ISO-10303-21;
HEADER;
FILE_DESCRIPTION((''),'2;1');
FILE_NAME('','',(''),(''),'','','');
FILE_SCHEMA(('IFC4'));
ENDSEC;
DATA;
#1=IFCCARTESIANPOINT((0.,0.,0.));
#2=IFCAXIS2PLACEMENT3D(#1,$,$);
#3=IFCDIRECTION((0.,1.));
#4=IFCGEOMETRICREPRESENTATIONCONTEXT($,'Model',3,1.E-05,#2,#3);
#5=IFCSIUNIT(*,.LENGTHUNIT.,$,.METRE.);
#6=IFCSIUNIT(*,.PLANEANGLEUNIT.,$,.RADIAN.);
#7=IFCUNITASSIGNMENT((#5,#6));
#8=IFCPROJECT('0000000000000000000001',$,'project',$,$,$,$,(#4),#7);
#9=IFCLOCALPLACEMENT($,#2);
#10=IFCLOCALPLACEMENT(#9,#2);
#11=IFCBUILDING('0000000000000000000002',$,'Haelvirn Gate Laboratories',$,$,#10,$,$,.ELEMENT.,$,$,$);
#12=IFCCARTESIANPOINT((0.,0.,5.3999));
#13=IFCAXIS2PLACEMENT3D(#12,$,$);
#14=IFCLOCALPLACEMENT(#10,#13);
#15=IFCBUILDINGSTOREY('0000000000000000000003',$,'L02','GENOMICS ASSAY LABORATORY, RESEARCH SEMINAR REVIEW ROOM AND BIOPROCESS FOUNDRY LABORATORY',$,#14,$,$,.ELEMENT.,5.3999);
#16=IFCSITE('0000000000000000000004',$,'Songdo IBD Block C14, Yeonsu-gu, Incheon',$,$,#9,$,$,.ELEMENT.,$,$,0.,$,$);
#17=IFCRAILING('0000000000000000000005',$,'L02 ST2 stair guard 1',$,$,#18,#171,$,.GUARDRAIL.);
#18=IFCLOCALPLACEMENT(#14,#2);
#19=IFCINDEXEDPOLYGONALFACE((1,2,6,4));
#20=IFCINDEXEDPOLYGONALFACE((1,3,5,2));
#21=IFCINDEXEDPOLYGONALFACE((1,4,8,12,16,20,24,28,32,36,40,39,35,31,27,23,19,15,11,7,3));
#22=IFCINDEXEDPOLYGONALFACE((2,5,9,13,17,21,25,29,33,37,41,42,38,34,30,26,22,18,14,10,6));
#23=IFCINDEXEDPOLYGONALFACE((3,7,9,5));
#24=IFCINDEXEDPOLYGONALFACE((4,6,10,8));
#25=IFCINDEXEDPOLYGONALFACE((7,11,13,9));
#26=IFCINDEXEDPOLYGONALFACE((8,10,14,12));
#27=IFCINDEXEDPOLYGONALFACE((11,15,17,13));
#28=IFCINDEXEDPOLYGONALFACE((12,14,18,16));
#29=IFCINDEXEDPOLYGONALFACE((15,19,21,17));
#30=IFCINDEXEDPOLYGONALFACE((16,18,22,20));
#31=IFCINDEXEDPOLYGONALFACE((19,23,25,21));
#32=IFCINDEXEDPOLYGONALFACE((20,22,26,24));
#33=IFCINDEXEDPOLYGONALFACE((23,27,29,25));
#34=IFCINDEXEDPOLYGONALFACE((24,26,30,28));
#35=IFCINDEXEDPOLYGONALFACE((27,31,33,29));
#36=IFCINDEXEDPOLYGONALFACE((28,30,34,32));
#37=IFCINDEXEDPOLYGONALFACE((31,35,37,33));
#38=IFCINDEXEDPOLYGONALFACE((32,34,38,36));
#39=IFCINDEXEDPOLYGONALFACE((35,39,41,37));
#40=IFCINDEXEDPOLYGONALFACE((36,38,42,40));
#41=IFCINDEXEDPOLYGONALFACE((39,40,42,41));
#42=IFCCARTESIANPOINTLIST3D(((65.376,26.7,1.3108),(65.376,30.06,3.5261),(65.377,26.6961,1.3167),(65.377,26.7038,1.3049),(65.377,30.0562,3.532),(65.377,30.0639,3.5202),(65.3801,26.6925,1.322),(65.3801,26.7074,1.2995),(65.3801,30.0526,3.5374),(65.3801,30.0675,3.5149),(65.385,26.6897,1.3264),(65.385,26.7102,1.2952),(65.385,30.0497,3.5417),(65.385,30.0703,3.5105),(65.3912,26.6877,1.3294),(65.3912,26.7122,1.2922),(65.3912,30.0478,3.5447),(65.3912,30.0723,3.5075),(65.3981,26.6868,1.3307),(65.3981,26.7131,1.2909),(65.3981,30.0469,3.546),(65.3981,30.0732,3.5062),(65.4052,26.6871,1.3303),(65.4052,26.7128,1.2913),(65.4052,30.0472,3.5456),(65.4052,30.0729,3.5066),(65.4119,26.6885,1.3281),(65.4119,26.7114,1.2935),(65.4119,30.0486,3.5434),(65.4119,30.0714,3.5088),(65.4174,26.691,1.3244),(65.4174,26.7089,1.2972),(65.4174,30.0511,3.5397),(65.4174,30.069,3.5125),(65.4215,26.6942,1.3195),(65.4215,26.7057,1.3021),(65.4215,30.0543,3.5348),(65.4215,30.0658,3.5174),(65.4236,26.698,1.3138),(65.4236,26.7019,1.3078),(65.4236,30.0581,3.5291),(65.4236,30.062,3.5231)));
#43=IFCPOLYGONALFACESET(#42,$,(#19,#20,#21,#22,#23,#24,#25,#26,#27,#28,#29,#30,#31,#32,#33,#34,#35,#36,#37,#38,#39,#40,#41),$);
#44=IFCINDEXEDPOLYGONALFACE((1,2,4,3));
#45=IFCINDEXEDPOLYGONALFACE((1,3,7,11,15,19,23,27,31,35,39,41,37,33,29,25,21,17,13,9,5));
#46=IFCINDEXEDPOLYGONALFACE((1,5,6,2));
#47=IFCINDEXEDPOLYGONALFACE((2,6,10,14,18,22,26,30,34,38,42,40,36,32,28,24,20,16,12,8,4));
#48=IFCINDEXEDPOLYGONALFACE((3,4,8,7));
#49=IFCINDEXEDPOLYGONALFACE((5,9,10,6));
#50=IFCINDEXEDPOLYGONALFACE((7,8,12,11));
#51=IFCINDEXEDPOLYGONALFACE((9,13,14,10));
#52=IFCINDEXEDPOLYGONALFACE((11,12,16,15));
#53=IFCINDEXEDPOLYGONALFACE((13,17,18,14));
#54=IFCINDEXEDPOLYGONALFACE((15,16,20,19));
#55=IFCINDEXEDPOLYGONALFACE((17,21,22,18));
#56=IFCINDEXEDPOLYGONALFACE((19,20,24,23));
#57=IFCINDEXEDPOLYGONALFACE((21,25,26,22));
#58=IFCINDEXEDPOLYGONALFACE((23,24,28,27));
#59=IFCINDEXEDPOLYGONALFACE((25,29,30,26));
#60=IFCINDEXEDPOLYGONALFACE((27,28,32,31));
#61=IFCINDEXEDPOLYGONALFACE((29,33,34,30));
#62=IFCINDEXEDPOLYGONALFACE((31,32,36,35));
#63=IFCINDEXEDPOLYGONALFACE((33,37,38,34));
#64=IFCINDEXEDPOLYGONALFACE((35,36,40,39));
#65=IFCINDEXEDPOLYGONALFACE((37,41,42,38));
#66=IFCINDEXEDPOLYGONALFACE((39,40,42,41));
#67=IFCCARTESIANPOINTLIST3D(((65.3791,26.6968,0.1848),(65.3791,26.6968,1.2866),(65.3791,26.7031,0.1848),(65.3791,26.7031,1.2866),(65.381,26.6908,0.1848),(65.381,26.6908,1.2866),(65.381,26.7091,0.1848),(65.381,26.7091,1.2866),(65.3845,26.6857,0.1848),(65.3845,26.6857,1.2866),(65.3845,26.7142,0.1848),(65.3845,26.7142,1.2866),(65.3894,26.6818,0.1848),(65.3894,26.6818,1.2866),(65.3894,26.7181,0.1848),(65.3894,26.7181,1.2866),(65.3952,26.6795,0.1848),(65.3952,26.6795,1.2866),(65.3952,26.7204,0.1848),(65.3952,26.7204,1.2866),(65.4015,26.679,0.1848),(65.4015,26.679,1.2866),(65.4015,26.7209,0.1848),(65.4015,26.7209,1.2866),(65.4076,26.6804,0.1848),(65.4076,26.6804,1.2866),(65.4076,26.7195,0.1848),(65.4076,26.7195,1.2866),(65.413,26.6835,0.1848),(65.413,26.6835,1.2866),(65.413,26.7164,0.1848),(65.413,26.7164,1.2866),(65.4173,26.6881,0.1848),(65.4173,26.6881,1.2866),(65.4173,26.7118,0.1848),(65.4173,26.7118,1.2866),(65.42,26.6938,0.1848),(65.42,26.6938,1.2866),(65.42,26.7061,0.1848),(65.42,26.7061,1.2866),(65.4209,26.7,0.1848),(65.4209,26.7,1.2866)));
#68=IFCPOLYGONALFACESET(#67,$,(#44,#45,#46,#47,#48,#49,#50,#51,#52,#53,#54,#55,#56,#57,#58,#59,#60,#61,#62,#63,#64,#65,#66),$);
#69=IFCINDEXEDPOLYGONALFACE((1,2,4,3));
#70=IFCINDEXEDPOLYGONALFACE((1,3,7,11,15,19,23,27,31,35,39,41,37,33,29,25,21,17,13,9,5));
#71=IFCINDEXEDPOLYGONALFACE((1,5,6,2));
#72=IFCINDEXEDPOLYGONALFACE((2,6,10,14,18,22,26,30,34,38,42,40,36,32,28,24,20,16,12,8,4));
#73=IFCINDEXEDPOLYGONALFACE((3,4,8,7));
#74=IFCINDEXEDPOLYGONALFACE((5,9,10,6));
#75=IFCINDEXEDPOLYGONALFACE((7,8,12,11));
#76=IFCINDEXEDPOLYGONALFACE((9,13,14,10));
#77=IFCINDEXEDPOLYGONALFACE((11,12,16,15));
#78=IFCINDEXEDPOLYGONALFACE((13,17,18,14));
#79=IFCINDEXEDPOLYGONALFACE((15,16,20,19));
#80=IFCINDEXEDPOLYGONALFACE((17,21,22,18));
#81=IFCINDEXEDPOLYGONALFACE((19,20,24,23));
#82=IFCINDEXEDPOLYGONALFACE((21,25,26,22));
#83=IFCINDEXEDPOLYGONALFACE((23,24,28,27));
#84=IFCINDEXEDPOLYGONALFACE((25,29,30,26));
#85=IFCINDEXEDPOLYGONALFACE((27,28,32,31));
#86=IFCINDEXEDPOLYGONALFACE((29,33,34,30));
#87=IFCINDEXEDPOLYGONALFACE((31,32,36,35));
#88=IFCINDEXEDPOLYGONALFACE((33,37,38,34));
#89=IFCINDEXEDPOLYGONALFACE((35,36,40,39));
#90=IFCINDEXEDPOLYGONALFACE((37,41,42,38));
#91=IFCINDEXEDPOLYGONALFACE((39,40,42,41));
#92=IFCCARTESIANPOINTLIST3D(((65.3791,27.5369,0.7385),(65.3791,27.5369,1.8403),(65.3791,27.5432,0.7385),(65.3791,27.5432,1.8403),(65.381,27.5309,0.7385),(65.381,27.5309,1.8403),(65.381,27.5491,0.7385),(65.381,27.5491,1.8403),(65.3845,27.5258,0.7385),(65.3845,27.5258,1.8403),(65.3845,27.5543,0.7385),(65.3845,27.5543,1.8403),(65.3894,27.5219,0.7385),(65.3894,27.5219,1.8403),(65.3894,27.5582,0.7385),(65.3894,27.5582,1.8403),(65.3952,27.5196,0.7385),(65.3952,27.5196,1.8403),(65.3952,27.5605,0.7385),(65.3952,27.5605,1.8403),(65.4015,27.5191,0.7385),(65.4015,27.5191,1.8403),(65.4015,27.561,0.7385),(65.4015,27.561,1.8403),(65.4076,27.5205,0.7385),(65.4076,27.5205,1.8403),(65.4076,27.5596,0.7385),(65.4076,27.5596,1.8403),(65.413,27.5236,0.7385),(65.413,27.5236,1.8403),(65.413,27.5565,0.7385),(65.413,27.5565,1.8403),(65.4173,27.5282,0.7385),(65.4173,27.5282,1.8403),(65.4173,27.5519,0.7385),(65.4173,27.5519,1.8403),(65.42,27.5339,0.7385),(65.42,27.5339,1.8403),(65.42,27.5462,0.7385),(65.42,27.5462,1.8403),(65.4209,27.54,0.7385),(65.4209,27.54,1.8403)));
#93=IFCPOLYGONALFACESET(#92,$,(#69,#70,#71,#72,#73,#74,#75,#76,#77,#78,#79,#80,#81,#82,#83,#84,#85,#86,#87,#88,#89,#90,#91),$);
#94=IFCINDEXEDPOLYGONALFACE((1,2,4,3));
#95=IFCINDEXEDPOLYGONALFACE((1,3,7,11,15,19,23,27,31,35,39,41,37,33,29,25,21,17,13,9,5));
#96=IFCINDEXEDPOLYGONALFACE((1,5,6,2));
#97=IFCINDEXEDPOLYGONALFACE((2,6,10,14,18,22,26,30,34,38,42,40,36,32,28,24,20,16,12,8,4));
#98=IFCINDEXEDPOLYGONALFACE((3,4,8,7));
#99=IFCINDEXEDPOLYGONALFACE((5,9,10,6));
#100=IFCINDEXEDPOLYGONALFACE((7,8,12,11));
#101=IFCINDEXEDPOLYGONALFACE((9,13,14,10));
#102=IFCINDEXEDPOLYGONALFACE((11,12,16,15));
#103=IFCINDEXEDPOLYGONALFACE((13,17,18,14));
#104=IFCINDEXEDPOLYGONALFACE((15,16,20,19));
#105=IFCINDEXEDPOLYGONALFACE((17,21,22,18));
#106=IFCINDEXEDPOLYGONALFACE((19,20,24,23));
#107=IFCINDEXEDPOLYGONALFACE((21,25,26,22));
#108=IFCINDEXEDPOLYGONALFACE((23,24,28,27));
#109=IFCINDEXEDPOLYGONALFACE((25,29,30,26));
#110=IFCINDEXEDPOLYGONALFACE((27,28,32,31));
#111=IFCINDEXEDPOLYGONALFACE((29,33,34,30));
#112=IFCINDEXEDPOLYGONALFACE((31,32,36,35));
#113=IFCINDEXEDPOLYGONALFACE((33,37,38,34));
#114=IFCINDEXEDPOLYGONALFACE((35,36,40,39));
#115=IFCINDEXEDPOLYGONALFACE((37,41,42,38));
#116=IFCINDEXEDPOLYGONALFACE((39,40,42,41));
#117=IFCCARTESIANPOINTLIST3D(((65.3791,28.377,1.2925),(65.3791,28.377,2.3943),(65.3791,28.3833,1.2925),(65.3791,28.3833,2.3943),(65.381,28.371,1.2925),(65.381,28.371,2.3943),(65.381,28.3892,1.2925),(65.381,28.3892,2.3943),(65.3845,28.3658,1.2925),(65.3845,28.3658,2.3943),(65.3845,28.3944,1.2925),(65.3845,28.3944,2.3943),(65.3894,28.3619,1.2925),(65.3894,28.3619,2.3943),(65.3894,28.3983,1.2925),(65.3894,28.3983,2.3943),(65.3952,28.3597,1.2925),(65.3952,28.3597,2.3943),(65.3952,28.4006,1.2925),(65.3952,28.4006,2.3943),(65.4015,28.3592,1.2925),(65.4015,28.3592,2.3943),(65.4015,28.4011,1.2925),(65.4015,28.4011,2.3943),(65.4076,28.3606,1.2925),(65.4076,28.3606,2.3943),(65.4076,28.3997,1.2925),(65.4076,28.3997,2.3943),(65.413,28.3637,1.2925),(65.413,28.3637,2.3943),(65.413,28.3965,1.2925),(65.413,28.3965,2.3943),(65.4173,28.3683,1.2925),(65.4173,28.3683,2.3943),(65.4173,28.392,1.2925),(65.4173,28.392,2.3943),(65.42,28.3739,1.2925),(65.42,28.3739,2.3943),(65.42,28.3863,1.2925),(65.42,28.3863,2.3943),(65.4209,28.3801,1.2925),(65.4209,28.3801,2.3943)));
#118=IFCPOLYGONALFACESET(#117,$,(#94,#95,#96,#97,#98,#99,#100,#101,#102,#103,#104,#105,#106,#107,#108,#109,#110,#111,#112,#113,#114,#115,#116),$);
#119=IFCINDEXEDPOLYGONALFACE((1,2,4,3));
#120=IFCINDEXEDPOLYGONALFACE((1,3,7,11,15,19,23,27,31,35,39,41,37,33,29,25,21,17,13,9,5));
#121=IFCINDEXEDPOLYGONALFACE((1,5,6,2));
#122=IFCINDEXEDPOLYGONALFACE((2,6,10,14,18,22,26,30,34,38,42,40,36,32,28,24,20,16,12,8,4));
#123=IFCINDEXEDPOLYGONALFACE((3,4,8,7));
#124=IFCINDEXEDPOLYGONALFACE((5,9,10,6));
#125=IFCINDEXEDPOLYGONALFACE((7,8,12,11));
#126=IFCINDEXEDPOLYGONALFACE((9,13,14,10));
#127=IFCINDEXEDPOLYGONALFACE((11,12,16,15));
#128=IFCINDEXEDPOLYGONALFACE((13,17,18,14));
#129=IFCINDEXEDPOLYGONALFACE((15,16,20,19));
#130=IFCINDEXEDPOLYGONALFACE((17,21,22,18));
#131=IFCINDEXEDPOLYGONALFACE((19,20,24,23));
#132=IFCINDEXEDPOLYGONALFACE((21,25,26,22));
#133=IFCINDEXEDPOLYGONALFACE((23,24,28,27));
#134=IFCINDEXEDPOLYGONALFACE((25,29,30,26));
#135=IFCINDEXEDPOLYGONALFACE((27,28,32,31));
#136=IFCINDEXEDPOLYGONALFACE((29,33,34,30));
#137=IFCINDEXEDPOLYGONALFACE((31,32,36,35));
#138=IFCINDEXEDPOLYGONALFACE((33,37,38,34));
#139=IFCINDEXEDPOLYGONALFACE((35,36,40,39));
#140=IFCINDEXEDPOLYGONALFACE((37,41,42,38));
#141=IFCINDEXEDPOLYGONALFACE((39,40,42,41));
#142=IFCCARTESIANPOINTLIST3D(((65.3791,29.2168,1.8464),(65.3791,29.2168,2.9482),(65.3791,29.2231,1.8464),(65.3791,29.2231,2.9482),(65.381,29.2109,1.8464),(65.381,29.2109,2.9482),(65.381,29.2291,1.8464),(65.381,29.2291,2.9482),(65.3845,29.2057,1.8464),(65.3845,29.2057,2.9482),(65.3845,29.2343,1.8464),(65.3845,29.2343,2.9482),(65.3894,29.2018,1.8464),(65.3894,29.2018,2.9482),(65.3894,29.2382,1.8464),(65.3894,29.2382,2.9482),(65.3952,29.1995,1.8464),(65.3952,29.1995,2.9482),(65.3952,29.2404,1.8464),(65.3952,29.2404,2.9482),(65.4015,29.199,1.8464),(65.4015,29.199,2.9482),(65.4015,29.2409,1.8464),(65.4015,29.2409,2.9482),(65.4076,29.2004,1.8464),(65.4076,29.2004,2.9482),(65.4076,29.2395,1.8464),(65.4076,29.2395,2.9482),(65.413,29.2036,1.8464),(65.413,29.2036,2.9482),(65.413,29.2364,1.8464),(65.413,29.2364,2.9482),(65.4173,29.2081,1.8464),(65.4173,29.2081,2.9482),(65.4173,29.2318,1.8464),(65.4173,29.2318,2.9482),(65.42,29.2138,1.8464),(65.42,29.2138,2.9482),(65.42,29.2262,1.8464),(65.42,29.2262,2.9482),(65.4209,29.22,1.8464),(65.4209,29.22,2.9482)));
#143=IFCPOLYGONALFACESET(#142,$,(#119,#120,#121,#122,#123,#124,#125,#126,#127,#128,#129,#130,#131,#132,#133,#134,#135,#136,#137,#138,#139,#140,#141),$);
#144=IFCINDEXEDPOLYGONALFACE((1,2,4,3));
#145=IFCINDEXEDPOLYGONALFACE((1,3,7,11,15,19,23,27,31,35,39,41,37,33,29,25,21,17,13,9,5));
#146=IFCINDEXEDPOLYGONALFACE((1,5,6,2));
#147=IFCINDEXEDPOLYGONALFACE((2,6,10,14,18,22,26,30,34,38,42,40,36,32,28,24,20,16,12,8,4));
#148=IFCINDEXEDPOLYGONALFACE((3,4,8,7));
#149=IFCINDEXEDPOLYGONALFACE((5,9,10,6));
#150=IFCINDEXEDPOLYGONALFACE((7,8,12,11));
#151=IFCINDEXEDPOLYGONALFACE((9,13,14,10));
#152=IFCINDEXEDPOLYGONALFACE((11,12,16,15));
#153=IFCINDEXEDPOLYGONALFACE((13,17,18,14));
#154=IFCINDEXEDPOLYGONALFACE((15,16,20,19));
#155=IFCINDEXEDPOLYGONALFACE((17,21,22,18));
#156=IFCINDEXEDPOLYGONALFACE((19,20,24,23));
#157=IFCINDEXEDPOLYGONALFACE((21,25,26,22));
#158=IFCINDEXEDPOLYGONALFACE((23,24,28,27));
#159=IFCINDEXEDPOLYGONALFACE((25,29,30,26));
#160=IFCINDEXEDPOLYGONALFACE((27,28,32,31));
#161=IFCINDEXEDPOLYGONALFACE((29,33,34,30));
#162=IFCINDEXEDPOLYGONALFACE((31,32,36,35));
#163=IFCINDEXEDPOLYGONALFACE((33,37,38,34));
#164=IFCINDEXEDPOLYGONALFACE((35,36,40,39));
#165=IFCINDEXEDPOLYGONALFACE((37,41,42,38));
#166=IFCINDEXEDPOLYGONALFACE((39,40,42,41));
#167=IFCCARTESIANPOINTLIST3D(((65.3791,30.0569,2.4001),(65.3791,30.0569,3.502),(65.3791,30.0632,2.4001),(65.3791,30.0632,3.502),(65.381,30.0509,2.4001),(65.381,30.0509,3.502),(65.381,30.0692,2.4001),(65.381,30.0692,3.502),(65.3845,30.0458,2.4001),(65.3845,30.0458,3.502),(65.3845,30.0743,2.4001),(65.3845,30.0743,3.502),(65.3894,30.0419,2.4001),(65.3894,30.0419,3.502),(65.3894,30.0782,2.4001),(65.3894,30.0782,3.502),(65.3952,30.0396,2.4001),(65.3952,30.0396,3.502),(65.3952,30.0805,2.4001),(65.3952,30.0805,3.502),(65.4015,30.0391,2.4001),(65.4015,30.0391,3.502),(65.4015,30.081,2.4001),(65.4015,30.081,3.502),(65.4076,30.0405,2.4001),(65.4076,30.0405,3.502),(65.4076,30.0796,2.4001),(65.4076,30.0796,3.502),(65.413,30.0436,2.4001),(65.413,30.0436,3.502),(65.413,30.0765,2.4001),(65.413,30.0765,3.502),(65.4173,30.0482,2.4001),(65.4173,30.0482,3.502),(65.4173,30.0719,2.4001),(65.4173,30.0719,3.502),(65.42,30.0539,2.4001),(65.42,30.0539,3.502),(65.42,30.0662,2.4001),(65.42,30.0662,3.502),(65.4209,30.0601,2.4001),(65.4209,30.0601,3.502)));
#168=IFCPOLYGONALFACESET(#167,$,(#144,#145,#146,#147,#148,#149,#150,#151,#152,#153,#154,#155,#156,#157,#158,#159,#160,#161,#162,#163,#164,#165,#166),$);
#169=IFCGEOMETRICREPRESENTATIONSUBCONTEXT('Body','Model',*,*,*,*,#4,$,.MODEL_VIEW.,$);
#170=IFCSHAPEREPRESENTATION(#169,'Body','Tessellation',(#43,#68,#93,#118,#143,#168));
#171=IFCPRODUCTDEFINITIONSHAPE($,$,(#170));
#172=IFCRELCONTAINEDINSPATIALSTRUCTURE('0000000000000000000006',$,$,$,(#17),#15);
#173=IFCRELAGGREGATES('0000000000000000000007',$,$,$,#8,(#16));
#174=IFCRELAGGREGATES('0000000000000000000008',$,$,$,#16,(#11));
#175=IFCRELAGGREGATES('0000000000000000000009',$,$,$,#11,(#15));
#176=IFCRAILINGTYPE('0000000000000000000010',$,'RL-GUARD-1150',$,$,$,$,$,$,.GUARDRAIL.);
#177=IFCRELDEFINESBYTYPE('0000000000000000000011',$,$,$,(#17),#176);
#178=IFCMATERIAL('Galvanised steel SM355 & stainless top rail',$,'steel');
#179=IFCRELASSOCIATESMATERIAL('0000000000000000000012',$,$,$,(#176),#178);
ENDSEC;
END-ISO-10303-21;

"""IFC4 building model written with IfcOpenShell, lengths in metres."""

from ifc_helpers import new_model, si_unit, direction, frame, origin, origin_2d, place, context, subcontext, project, spatial, circle, extrude, source, transform, mapped, material, type_object, element, save


model = new_model("IFC4")

# Units and contexts
model_context = context("Model", 3, precision=1e-05, world=origin(), true_north=direction((0.0, 1.0)))
body_context = subcontext(model_context, "Body", "Model", "MODEL_VIEW")
ifc_project = project(units=[si_unit("LENGTHUNIT", "METRE"), si_unit("PLANEANGLEUNIT", "RADIAN")], contexts=[model_context])

# Site, building, storey
site_placement = place(None, origin())
site = spatial("IfcSite", under=ifc_project, at=site_placement, Name="Songdo IBD Block C14, Yeonsu-gu, Incheon", CompositionType="ELEMENT", RefElevation=0.0)
building_placement = place(site_placement, origin())
building = spatial("IfcBuilding", under=site, at=building_placement, Name="Haelvirn Gate Laboratories", CompositionType="ELEMENT")
storey_placement = place(building_placement, frame((0.0, 0.0, 5.3999)))
storey = spatial("IfcBuildingStorey", under=building, at=storey_placement, Name="L02", Description="GENOMICS ASSAY LABORATORY, RESEARCH SEMINAR REVIEW ROOM AND BIOPROCESS FOUNDRY LABORATORY", CompositionType="ELEMENT", Elevation=5.3999)

# Railing
ifc_material_1 = material(Name="Galvanised steel SM355 & stainless top rail", Category="steel")
railing_type_1 = type_object("IfcRailingType", Name="RL-GUARD-1150", PredefinedType="GUARDRAIL", material=ifc_material_1)
shared_shape_1 = source(origin(), body_context, "Body", "SweptSolid", [
    extrude(circle(Radius=0.0239, at=origin_2d()), frame((0.0, 0.0, 1.126), z_axis=(0.0, 0.834876, 0.550437), x_axis=(-1.0, 0.0, 0.0)), (0.0, 0.0, 1.0), 4.0247),
    extrude(circle(Radius=0.021, at=origin_2d()), origin(), (0.0, 0.0, 1.0), 1.1018),
    extrude(circle(Radius=0.021, at=origin_2d()), frame((0.0, 0.8401, 0.5537)), (0.0, 0.0, 1.0), 1.1018),
    extrude(circle(Radius=0.021, at=origin_2d()), frame((0.0, 1.6802, 1.1077)), (0.0, 0.0, 1.0), 1.1018),
    extrude(circle(Radius=0.021, at=origin_2d()), frame((0.0, 2.52, 1.6616)), (0.0, 0.0, 1.0), 1.1018),
    extrude(circle(Radius=0.021, at=origin_2d()), frame((0.0, 3.3601, 2.2153)), (0.0, 0.0, 1.0), 1.1018),
])
railing_1_placement = place(storey_placement, frame((65.3999, 26.7, 0.1848)))
element("IfcRailing", 1, at=railing_1_placement, inside=storey, type_object=railing_type_1, Name="L02 ST2 stair guard 1", PredefinedType="GUARDRAIL", context=body_context, shape_type="MappedRepresentation", body=[
    mapped(shared_shape_1, transform((0.0, 0.0, 0.0), scale=1.0)),
])

save(model, "model.ifc")
